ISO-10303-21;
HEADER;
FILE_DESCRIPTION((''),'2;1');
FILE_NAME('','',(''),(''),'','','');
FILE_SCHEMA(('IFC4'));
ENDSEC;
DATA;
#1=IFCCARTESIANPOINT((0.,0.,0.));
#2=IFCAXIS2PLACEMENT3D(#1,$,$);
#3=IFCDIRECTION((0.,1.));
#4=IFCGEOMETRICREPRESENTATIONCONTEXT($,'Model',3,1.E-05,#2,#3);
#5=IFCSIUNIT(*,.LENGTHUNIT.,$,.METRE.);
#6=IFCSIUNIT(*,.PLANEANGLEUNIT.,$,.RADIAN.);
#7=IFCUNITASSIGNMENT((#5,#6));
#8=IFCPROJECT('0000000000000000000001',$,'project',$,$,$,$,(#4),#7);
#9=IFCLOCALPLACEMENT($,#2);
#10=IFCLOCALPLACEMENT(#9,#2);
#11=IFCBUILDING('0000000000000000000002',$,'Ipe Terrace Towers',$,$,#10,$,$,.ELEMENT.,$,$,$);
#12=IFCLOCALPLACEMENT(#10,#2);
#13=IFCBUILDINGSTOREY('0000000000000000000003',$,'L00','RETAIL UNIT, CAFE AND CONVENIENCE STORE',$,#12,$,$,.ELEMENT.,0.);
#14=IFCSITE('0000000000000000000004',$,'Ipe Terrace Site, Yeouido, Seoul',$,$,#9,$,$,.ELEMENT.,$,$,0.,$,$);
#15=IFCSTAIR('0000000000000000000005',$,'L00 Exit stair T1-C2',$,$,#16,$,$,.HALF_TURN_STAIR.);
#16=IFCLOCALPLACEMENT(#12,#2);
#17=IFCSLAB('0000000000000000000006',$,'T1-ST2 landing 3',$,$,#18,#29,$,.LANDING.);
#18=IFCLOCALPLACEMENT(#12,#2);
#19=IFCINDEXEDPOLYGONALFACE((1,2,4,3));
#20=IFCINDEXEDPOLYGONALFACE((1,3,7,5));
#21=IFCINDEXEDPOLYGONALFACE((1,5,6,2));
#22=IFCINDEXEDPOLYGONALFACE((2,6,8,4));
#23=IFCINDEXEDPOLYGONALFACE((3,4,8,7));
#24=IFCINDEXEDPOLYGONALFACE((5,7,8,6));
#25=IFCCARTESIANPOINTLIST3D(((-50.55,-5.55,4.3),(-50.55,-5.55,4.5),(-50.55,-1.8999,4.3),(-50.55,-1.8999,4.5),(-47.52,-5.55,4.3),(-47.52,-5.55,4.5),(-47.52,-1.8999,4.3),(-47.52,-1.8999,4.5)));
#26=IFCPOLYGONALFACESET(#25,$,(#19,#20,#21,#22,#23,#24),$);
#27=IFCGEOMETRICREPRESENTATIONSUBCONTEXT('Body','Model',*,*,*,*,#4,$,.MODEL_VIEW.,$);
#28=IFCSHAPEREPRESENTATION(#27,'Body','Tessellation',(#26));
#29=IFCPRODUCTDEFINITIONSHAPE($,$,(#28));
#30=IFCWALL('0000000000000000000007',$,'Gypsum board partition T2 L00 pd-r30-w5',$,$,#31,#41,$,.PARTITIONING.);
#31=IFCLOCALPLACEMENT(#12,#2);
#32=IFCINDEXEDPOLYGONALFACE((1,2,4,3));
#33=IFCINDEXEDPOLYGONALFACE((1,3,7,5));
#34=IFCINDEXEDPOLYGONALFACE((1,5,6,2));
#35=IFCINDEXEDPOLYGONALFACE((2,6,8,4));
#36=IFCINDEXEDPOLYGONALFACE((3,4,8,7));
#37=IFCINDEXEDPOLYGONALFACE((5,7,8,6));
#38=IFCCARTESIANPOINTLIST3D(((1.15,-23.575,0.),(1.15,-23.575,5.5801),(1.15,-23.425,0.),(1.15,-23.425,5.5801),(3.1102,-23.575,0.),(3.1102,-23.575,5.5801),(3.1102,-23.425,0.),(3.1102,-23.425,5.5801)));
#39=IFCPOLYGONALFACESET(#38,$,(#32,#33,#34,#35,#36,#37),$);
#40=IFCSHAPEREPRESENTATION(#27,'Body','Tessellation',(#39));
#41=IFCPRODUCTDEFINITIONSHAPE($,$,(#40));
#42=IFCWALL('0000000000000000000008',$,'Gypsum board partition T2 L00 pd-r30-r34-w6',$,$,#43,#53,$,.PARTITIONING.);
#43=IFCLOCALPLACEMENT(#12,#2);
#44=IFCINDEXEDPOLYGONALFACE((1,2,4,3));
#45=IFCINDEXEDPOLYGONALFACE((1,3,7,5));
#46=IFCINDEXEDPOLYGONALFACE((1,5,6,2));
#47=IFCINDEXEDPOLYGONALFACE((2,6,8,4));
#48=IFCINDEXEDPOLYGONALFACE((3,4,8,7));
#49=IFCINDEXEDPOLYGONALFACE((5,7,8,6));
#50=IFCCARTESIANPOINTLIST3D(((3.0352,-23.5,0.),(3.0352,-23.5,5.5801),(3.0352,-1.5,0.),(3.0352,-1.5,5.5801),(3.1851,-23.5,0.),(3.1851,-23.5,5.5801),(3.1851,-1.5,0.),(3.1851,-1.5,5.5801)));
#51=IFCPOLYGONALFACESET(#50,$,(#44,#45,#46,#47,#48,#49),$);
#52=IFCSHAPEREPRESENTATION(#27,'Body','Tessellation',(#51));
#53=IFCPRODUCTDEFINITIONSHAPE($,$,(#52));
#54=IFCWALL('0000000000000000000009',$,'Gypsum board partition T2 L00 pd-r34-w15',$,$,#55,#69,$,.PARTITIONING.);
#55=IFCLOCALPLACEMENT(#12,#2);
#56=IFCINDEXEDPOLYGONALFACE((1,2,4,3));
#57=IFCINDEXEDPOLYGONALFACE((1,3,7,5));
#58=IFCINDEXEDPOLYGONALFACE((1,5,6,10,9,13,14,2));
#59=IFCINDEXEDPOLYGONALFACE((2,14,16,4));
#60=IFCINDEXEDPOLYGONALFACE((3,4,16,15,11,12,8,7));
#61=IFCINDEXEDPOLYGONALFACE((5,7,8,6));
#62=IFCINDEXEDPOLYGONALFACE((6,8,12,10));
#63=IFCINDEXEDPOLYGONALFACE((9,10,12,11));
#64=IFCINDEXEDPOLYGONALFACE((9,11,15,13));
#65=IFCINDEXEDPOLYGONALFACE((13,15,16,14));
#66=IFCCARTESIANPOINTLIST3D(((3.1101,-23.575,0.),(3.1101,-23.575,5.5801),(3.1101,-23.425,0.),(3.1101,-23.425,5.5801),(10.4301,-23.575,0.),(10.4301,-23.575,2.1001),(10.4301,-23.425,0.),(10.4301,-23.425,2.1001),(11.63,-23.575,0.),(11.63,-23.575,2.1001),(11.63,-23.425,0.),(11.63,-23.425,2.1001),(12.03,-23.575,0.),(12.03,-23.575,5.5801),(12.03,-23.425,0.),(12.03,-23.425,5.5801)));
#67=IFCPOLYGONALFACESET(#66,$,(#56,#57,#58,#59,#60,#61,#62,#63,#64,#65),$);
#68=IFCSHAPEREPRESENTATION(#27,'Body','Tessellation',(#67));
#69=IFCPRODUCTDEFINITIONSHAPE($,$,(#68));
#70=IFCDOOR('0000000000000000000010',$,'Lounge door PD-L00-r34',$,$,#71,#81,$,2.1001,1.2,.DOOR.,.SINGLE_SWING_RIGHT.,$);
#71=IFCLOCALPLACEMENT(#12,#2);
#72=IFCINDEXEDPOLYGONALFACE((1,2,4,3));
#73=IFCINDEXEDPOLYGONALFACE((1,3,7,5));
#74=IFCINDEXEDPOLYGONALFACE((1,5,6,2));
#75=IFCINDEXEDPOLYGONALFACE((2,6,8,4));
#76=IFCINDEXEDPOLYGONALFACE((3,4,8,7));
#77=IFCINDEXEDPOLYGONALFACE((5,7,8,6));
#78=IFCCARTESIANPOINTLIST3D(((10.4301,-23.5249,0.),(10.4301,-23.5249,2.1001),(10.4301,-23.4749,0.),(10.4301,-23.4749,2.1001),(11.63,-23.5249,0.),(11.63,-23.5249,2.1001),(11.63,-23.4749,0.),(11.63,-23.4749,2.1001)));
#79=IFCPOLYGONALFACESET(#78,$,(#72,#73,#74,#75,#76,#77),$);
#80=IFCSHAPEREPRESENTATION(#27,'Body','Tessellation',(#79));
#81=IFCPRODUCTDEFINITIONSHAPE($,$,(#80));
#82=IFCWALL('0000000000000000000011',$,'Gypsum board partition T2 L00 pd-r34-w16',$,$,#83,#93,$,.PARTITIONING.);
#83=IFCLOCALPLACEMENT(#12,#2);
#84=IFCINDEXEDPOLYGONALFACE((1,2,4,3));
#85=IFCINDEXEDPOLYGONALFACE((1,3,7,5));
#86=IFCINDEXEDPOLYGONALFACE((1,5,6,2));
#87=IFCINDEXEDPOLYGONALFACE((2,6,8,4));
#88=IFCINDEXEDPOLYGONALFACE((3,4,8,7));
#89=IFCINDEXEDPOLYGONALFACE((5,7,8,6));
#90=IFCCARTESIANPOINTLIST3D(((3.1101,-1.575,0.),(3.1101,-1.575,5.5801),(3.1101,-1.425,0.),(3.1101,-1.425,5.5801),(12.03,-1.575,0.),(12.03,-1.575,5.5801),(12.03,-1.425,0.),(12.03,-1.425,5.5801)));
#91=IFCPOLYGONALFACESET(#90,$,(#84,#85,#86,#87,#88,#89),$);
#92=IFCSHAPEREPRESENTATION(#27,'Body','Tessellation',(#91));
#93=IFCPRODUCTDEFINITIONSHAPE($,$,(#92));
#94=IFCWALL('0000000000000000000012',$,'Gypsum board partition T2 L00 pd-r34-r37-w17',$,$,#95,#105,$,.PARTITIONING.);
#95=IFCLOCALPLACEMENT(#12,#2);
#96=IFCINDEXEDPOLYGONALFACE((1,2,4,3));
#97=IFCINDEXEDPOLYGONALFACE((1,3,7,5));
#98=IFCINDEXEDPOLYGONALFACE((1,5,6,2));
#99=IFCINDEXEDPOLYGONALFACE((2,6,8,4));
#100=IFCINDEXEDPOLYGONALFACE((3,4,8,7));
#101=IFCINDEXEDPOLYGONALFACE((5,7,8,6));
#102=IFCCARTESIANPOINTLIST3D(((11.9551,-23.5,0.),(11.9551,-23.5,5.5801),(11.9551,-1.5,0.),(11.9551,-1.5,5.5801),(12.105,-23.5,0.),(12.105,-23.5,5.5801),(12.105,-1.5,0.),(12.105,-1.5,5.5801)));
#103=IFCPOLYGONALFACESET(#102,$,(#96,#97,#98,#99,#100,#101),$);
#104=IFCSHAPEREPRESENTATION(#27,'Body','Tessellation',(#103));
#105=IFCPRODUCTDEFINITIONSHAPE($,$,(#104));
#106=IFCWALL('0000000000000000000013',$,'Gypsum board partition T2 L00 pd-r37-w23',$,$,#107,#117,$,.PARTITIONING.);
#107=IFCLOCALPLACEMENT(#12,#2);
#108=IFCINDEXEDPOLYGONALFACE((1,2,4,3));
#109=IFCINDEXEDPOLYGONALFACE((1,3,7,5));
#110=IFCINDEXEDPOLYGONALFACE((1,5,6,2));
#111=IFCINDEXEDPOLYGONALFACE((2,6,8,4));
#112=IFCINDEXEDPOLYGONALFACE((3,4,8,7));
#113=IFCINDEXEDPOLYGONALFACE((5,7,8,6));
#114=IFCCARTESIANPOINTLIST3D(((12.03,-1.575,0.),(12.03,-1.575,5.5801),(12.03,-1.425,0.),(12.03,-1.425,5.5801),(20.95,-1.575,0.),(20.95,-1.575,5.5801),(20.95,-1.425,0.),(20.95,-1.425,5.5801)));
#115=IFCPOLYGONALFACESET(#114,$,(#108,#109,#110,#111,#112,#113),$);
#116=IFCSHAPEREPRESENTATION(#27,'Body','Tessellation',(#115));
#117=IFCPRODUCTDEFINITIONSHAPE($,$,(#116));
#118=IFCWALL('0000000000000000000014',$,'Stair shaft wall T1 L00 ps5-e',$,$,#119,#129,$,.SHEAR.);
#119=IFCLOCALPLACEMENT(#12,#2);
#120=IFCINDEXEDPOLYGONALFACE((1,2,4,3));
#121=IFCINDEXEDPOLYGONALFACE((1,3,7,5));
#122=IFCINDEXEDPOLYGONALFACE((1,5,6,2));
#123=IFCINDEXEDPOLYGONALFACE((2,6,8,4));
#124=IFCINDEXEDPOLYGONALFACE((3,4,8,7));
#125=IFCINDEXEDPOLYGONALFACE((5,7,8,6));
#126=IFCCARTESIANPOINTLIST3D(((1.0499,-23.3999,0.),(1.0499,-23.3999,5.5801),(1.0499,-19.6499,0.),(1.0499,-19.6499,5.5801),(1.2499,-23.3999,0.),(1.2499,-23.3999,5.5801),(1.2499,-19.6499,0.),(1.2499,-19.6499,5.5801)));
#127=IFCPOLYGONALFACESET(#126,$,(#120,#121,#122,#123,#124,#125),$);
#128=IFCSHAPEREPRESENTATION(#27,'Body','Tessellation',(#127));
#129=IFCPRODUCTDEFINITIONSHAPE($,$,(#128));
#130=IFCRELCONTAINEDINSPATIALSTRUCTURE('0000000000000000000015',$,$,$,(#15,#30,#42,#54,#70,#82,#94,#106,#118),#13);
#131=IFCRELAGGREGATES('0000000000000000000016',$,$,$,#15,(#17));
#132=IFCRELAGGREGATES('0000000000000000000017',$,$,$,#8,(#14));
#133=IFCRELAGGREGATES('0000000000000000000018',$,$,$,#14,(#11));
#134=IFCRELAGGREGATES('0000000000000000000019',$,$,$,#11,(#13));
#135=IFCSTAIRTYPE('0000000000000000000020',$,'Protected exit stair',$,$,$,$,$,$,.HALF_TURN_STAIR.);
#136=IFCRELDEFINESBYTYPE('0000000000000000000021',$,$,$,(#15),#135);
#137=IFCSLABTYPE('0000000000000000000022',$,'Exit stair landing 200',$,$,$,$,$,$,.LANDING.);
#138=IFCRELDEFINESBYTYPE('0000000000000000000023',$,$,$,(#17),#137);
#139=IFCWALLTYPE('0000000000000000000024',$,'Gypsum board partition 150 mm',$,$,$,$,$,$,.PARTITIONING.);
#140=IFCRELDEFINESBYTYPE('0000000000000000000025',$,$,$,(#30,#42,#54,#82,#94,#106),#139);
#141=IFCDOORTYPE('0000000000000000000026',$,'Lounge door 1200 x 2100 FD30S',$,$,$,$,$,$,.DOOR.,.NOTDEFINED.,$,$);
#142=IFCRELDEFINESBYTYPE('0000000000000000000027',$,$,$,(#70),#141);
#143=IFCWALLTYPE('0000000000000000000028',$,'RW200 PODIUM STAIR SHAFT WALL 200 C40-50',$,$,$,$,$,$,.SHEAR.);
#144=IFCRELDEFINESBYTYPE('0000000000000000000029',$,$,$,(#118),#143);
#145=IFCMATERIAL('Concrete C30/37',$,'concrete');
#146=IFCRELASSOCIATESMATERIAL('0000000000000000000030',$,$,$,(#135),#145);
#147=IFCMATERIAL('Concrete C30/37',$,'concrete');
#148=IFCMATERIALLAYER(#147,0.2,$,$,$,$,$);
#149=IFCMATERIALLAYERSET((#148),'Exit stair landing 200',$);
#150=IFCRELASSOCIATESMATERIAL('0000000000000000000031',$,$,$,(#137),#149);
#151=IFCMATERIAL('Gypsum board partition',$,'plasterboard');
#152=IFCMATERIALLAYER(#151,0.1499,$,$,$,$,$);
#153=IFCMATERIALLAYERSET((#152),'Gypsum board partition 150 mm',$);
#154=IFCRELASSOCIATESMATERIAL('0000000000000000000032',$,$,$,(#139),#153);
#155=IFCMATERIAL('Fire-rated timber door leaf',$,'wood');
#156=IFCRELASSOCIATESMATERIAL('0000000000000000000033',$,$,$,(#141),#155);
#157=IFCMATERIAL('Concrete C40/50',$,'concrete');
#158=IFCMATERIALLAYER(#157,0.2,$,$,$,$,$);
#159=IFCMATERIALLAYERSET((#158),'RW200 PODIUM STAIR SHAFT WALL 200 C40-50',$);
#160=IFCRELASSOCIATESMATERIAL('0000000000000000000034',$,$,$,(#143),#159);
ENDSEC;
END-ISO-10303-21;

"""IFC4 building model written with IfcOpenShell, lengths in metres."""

from ifc_helpers import new_model, si_unit, direction, frame, frame_2d, origin, place, context, subcontext, project, spatial, polyline, rectangle, outline, extrude, material, layer, layer_set, type_object, element, fill, aggregate, save


model = new_model("IFC4")

# Units and contexts
model_context = context("Model", 3, precision=1e-05, world=origin(), true_north=direction((0.0, 1.0)))
body_context = subcontext(model_context, "Body", "Model", "MODEL_VIEW")
ifc_project = project(units=[si_unit("LENGTHUNIT", "METRE"), si_unit("PLANEANGLEUNIT", "RADIAN")], contexts=[model_context])

# Site, building, storey
site_placement = place(None, origin())
site = spatial("IfcSite", under=ifc_project, at=site_placement, Name="Ipe Terrace Site, Yeouido, Seoul", CompositionType="ELEMENT", RefElevation=0.0)
building_placement = place(site_placement, origin())
building = spatial("IfcBuilding", under=site, at=building_placement, Name="Ipe Terrace Towers", CompositionType="ELEMENT")
storey_placement = place(building_placement, origin())
storey = spatial("IfcBuildingStorey", under=building, at=storey_placement, Name="L00", Description="RETAIL UNIT, CAFE AND CONVENIENCE STORE", CompositionType="ELEMENT", Elevation=0.0)

# Stair, slab
ifc_material_1 = material(Name="Concrete C30/37", Category="concrete")
stair_type = type_object("IfcStairType", Name="Protected exit stair", PredefinedType="HALF_TURN_STAIR", material=ifc_material_1)
ifc_material_2 = material(Name="Concrete C30/37", Category="concrete")
ifc_layer_1 = layer(ifc_material_2, 0.2)
ifc_layer_set_1 = layer_set([ifc_layer_1], Name="Exit stair landing 200")
slab_type_1 = type_object("IfcSlabType", Name="Exit stair landing 200", PredefinedType="LANDING", material=ifc_layer_set_1)
stair_1_placement = place(storey_placement, origin())
stair_1 = element("IfcStair", 1, at=stair_1_placement, inside=storey, type_object=stair_type, Name="L00 Exit stair T1-C2", PredefinedType="HALF_TURN_STAIR")
slab_1_placement = place(storey_placement, frame((0.0, 0.0, 4.3)))
slab_1 = element("IfcSlab", 2, at=slab_1_placement, type_object=slab_type_1, Name="T1-ST2 landing 3", PredefinedType="LANDING", context=body_context, shape_type="SweptSolid", body=[
    extrude(outline(polyline([(-47.52, -1.8999), (-50.55, -1.8999), (-50.55, -5.55), (-47.52, -5.55), (-47.52, -1.8999)])), origin(), (0.0, 0.0, 1.0), 0.2),
])
aggregate(stair_1, [slab_1])

# Walls
ifc_material_3 = material(Name="Gypsum board partition", Category="plasterboard")
ifc_layer_2 = layer(ifc_material_3, 0.1499)
ifc_layer_set_2 = layer_set([ifc_layer_2], Name="Gypsum board partition 150 mm")
wall_type_1 = type_object("IfcWallType", Name="Gypsum board partition 150 mm", PredefinedType="PARTITIONING", material=ifc_layer_set_2)
wall_1_placement = place(storey_placement, frame((3.1101, -23.5, 0.0), z_axis=(0.0, 0.0, 1.0), x_axis=(-1.0, 0.0, 0.0)))
element("IfcWall", 3, at=wall_1_placement, inside=storey, type_object=wall_type_1, Name="Gypsum board partition T2 L00 pd-r30-w5", PredefinedType="PARTITIONING", context=body_context, shape_type="SweptSolid", body=[
    extrude(rectangle(XDim=1.9602, YDim=0.1499, at=frame_2d((0.98, 0.0))), origin(), (0.0, 0.0, 1.0), 5.5801),
])
wall_2_placement = place(storey_placement, frame((3.1101, -1.5, 0.0), z_axis=(0.0, 0.0, 1.0), x_axis=(0.0, -1.0, 0.0)))
element("IfcWall", 4, at=wall_2_placement, inside=storey, type_object=wall_type_1, Name="Gypsum board partition T2 L00 pd-r30-r34-w6", PredefinedType="PARTITIONING", context=body_context, shape_type="SweptSolid", body=[
    extrude(rectangle(XDim=22.0, YDim=0.1499, at=frame_2d((11.0, 0.0))), origin(), (0.0, 0.0, 1.0), 5.5801),
])

# Wall, opening, door
wall_3_placement = place(storey_placement, frame((12.03, -23.5, 0.0), z_axis=(0.0, 0.0, 1.0), x_axis=(-1.0, 0.0, 0.0)))
wall_3 = element("IfcWall", 5, at=wall_3_placement, inside=storey, type_object=wall_type_1, Name="Gypsum board partition T2 L00 pd-r34-w15", PredefinedType="PARTITIONING", context=body_context, shape_type="SweptSolid", body=[
    extrude(rectangle(XDim=8.9199, YDim=0.1499, at=frame_2d((4.46, 0.0))), origin(), (0.0, 0.0, 1.0), 5.5801),
])
opening_placement = place(wall_3_placement, frame((0.3999, 0.0, 0.0)))
opening = element("IfcOpeningElement", 6, at=opening_placement, cuts=wall_3, PredefinedType="OPENING", context=body_context, shape_type="SweptSolid", body=[
    extrude(rectangle(XDim=1.2, YDim=2.1001, at=frame_2d((0.6001, 1.05))), frame((0.0, 0.085, 0.0), z_axis=(0.0, -1.0, 0.0), x_axis=(1.0, 0.0, 0.0)), (0.0, 0.0, 1.0), 0.1699),
])
ifc_material_4 = material(Name="Fire-rated timber door leaf", Category="wood")
door_type = type_object("IfcDoorType", Name="Lounge door 1200 x 2100 FD30S", OperationType="NOTDEFINED", PredefinedType="DOOR", material=ifc_material_4)
door_placement = place(opening_placement, origin())
door = element("IfcDoor", 7, at=door_placement, inside=storey, type_object=door_type, Name="Lounge door PD-L00-r34", OperationType="SINGLE_SWING_RIGHT", OverallHeight=2.1001, OverallWidth=1.2, PredefinedType="DOOR", context=body_context, shape_type="SweptSolid", body=[
    extrude(rectangle(XDim=1.2, YDim=2.1001, at=frame_2d((0.6001, 1.05))), frame((0.0, 0.0249, 0.0), z_axis=(0.0, -1.0, 0.0), x_axis=(1.0, 0.0, 0.0)), (0.0, 0.0, 1.0), 0.05),
])
fill(opening, door)

# Walls
wall_4_placement = place(storey_placement, frame((3.1101, -1.5, 0.0), z_axis=(0.0, 0.0, 1.0), x_axis=(1.0, 0.0, 0.0)))
element("IfcWall", 8, at=wall_4_placement, inside=storey, type_object=wall_type_1, Name="Gypsum board partition T2 L00 pd-r34-w16", PredefinedType="PARTITIONING", context=body_context, shape_type="SweptSolid", body=[
    extrude(rectangle(XDim=8.9199, YDim=0.1499, at=frame_2d((4.46, 0.0))), origin(), (0.0, 0.0, 1.0), 5.5801),
])
wall_5_placement = place(storey_placement, frame((12.03, -1.5, 0.0), z_axis=(0.0, 0.0, 1.0), x_axis=(0.0, -1.0, 0.0)))
element("IfcWall", 9, at=wall_5_placement, inside=storey, type_object=wall_type_1, Name="Gypsum board partition T2 L00 pd-r34-r37-w17", PredefinedType="PARTITIONING", context=body_context, shape_type="SweptSolid", body=[
    extrude(rectangle(XDim=22.0, YDim=0.1499, at=frame_2d((11.0, 0.0))), origin(), (0.0, 0.0, 1.0), 5.5801),
])
wall_6_placement = place(storey_placement, frame((12.03, -1.5, 0.0), z_axis=(0.0, 0.0, 1.0), x_axis=(1.0, 0.0, 0.0)))
element("IfcWall", 10, at=wall_6_placement, inside=storey, type_object=wall_type_1, Name="Gypsum board partition T2 L00 pd-r37-w23", PredefinedType="PARTITIONING", context=body_context, shape_type="SweptSolid", body=[
    extrude(rectangle(XDim=8.9199, YDim=0.1499, at=frame_2d((4.46, 0.0))), origin(), (0.0, 0.0, 1.0), 5.5801),
])
ifc_material_5 = material(Name="Concrete C40/50", Category="concrete")
ifc_layer_3 = layer(ifc_material_5, 0.2)
ifc_layer_set_3 = layer_set([ifc_layer_3], Name="RW200 PODIUM STAIR SHAFT WALL 200 C40-50")
wall_type_2 = type_object("IfcWallType", Name="RW200 PODIUM STAIR SHAFT WALL 200 C40-50", PredefinedType="SHEAR", material=ifc_layer_set_3)
wall_7_placement = place(storey_placement, frame((1.1499, -23.3999, 0.0), z_axis=(0.0, 0.0, 1.0), x_axis=(0.0, 1.0, 0.0)))
element("IfcWall", 11, at=wall_7_placement, inside=storey, type_object=wall_type_2, Name="Stair shaft wall T1 L00 ps5-e", PredefinedType="SHEAR", context=body_context, shape_type="SweptSolid", body=[
    extrude(rectangle(XDim=3.75, YDim=0.2, at=frame_2d((1.875, 0.0))), origin(), (0.0, 0.0, 1.0), 5.5801),
])

save(model, "model.ifc")
